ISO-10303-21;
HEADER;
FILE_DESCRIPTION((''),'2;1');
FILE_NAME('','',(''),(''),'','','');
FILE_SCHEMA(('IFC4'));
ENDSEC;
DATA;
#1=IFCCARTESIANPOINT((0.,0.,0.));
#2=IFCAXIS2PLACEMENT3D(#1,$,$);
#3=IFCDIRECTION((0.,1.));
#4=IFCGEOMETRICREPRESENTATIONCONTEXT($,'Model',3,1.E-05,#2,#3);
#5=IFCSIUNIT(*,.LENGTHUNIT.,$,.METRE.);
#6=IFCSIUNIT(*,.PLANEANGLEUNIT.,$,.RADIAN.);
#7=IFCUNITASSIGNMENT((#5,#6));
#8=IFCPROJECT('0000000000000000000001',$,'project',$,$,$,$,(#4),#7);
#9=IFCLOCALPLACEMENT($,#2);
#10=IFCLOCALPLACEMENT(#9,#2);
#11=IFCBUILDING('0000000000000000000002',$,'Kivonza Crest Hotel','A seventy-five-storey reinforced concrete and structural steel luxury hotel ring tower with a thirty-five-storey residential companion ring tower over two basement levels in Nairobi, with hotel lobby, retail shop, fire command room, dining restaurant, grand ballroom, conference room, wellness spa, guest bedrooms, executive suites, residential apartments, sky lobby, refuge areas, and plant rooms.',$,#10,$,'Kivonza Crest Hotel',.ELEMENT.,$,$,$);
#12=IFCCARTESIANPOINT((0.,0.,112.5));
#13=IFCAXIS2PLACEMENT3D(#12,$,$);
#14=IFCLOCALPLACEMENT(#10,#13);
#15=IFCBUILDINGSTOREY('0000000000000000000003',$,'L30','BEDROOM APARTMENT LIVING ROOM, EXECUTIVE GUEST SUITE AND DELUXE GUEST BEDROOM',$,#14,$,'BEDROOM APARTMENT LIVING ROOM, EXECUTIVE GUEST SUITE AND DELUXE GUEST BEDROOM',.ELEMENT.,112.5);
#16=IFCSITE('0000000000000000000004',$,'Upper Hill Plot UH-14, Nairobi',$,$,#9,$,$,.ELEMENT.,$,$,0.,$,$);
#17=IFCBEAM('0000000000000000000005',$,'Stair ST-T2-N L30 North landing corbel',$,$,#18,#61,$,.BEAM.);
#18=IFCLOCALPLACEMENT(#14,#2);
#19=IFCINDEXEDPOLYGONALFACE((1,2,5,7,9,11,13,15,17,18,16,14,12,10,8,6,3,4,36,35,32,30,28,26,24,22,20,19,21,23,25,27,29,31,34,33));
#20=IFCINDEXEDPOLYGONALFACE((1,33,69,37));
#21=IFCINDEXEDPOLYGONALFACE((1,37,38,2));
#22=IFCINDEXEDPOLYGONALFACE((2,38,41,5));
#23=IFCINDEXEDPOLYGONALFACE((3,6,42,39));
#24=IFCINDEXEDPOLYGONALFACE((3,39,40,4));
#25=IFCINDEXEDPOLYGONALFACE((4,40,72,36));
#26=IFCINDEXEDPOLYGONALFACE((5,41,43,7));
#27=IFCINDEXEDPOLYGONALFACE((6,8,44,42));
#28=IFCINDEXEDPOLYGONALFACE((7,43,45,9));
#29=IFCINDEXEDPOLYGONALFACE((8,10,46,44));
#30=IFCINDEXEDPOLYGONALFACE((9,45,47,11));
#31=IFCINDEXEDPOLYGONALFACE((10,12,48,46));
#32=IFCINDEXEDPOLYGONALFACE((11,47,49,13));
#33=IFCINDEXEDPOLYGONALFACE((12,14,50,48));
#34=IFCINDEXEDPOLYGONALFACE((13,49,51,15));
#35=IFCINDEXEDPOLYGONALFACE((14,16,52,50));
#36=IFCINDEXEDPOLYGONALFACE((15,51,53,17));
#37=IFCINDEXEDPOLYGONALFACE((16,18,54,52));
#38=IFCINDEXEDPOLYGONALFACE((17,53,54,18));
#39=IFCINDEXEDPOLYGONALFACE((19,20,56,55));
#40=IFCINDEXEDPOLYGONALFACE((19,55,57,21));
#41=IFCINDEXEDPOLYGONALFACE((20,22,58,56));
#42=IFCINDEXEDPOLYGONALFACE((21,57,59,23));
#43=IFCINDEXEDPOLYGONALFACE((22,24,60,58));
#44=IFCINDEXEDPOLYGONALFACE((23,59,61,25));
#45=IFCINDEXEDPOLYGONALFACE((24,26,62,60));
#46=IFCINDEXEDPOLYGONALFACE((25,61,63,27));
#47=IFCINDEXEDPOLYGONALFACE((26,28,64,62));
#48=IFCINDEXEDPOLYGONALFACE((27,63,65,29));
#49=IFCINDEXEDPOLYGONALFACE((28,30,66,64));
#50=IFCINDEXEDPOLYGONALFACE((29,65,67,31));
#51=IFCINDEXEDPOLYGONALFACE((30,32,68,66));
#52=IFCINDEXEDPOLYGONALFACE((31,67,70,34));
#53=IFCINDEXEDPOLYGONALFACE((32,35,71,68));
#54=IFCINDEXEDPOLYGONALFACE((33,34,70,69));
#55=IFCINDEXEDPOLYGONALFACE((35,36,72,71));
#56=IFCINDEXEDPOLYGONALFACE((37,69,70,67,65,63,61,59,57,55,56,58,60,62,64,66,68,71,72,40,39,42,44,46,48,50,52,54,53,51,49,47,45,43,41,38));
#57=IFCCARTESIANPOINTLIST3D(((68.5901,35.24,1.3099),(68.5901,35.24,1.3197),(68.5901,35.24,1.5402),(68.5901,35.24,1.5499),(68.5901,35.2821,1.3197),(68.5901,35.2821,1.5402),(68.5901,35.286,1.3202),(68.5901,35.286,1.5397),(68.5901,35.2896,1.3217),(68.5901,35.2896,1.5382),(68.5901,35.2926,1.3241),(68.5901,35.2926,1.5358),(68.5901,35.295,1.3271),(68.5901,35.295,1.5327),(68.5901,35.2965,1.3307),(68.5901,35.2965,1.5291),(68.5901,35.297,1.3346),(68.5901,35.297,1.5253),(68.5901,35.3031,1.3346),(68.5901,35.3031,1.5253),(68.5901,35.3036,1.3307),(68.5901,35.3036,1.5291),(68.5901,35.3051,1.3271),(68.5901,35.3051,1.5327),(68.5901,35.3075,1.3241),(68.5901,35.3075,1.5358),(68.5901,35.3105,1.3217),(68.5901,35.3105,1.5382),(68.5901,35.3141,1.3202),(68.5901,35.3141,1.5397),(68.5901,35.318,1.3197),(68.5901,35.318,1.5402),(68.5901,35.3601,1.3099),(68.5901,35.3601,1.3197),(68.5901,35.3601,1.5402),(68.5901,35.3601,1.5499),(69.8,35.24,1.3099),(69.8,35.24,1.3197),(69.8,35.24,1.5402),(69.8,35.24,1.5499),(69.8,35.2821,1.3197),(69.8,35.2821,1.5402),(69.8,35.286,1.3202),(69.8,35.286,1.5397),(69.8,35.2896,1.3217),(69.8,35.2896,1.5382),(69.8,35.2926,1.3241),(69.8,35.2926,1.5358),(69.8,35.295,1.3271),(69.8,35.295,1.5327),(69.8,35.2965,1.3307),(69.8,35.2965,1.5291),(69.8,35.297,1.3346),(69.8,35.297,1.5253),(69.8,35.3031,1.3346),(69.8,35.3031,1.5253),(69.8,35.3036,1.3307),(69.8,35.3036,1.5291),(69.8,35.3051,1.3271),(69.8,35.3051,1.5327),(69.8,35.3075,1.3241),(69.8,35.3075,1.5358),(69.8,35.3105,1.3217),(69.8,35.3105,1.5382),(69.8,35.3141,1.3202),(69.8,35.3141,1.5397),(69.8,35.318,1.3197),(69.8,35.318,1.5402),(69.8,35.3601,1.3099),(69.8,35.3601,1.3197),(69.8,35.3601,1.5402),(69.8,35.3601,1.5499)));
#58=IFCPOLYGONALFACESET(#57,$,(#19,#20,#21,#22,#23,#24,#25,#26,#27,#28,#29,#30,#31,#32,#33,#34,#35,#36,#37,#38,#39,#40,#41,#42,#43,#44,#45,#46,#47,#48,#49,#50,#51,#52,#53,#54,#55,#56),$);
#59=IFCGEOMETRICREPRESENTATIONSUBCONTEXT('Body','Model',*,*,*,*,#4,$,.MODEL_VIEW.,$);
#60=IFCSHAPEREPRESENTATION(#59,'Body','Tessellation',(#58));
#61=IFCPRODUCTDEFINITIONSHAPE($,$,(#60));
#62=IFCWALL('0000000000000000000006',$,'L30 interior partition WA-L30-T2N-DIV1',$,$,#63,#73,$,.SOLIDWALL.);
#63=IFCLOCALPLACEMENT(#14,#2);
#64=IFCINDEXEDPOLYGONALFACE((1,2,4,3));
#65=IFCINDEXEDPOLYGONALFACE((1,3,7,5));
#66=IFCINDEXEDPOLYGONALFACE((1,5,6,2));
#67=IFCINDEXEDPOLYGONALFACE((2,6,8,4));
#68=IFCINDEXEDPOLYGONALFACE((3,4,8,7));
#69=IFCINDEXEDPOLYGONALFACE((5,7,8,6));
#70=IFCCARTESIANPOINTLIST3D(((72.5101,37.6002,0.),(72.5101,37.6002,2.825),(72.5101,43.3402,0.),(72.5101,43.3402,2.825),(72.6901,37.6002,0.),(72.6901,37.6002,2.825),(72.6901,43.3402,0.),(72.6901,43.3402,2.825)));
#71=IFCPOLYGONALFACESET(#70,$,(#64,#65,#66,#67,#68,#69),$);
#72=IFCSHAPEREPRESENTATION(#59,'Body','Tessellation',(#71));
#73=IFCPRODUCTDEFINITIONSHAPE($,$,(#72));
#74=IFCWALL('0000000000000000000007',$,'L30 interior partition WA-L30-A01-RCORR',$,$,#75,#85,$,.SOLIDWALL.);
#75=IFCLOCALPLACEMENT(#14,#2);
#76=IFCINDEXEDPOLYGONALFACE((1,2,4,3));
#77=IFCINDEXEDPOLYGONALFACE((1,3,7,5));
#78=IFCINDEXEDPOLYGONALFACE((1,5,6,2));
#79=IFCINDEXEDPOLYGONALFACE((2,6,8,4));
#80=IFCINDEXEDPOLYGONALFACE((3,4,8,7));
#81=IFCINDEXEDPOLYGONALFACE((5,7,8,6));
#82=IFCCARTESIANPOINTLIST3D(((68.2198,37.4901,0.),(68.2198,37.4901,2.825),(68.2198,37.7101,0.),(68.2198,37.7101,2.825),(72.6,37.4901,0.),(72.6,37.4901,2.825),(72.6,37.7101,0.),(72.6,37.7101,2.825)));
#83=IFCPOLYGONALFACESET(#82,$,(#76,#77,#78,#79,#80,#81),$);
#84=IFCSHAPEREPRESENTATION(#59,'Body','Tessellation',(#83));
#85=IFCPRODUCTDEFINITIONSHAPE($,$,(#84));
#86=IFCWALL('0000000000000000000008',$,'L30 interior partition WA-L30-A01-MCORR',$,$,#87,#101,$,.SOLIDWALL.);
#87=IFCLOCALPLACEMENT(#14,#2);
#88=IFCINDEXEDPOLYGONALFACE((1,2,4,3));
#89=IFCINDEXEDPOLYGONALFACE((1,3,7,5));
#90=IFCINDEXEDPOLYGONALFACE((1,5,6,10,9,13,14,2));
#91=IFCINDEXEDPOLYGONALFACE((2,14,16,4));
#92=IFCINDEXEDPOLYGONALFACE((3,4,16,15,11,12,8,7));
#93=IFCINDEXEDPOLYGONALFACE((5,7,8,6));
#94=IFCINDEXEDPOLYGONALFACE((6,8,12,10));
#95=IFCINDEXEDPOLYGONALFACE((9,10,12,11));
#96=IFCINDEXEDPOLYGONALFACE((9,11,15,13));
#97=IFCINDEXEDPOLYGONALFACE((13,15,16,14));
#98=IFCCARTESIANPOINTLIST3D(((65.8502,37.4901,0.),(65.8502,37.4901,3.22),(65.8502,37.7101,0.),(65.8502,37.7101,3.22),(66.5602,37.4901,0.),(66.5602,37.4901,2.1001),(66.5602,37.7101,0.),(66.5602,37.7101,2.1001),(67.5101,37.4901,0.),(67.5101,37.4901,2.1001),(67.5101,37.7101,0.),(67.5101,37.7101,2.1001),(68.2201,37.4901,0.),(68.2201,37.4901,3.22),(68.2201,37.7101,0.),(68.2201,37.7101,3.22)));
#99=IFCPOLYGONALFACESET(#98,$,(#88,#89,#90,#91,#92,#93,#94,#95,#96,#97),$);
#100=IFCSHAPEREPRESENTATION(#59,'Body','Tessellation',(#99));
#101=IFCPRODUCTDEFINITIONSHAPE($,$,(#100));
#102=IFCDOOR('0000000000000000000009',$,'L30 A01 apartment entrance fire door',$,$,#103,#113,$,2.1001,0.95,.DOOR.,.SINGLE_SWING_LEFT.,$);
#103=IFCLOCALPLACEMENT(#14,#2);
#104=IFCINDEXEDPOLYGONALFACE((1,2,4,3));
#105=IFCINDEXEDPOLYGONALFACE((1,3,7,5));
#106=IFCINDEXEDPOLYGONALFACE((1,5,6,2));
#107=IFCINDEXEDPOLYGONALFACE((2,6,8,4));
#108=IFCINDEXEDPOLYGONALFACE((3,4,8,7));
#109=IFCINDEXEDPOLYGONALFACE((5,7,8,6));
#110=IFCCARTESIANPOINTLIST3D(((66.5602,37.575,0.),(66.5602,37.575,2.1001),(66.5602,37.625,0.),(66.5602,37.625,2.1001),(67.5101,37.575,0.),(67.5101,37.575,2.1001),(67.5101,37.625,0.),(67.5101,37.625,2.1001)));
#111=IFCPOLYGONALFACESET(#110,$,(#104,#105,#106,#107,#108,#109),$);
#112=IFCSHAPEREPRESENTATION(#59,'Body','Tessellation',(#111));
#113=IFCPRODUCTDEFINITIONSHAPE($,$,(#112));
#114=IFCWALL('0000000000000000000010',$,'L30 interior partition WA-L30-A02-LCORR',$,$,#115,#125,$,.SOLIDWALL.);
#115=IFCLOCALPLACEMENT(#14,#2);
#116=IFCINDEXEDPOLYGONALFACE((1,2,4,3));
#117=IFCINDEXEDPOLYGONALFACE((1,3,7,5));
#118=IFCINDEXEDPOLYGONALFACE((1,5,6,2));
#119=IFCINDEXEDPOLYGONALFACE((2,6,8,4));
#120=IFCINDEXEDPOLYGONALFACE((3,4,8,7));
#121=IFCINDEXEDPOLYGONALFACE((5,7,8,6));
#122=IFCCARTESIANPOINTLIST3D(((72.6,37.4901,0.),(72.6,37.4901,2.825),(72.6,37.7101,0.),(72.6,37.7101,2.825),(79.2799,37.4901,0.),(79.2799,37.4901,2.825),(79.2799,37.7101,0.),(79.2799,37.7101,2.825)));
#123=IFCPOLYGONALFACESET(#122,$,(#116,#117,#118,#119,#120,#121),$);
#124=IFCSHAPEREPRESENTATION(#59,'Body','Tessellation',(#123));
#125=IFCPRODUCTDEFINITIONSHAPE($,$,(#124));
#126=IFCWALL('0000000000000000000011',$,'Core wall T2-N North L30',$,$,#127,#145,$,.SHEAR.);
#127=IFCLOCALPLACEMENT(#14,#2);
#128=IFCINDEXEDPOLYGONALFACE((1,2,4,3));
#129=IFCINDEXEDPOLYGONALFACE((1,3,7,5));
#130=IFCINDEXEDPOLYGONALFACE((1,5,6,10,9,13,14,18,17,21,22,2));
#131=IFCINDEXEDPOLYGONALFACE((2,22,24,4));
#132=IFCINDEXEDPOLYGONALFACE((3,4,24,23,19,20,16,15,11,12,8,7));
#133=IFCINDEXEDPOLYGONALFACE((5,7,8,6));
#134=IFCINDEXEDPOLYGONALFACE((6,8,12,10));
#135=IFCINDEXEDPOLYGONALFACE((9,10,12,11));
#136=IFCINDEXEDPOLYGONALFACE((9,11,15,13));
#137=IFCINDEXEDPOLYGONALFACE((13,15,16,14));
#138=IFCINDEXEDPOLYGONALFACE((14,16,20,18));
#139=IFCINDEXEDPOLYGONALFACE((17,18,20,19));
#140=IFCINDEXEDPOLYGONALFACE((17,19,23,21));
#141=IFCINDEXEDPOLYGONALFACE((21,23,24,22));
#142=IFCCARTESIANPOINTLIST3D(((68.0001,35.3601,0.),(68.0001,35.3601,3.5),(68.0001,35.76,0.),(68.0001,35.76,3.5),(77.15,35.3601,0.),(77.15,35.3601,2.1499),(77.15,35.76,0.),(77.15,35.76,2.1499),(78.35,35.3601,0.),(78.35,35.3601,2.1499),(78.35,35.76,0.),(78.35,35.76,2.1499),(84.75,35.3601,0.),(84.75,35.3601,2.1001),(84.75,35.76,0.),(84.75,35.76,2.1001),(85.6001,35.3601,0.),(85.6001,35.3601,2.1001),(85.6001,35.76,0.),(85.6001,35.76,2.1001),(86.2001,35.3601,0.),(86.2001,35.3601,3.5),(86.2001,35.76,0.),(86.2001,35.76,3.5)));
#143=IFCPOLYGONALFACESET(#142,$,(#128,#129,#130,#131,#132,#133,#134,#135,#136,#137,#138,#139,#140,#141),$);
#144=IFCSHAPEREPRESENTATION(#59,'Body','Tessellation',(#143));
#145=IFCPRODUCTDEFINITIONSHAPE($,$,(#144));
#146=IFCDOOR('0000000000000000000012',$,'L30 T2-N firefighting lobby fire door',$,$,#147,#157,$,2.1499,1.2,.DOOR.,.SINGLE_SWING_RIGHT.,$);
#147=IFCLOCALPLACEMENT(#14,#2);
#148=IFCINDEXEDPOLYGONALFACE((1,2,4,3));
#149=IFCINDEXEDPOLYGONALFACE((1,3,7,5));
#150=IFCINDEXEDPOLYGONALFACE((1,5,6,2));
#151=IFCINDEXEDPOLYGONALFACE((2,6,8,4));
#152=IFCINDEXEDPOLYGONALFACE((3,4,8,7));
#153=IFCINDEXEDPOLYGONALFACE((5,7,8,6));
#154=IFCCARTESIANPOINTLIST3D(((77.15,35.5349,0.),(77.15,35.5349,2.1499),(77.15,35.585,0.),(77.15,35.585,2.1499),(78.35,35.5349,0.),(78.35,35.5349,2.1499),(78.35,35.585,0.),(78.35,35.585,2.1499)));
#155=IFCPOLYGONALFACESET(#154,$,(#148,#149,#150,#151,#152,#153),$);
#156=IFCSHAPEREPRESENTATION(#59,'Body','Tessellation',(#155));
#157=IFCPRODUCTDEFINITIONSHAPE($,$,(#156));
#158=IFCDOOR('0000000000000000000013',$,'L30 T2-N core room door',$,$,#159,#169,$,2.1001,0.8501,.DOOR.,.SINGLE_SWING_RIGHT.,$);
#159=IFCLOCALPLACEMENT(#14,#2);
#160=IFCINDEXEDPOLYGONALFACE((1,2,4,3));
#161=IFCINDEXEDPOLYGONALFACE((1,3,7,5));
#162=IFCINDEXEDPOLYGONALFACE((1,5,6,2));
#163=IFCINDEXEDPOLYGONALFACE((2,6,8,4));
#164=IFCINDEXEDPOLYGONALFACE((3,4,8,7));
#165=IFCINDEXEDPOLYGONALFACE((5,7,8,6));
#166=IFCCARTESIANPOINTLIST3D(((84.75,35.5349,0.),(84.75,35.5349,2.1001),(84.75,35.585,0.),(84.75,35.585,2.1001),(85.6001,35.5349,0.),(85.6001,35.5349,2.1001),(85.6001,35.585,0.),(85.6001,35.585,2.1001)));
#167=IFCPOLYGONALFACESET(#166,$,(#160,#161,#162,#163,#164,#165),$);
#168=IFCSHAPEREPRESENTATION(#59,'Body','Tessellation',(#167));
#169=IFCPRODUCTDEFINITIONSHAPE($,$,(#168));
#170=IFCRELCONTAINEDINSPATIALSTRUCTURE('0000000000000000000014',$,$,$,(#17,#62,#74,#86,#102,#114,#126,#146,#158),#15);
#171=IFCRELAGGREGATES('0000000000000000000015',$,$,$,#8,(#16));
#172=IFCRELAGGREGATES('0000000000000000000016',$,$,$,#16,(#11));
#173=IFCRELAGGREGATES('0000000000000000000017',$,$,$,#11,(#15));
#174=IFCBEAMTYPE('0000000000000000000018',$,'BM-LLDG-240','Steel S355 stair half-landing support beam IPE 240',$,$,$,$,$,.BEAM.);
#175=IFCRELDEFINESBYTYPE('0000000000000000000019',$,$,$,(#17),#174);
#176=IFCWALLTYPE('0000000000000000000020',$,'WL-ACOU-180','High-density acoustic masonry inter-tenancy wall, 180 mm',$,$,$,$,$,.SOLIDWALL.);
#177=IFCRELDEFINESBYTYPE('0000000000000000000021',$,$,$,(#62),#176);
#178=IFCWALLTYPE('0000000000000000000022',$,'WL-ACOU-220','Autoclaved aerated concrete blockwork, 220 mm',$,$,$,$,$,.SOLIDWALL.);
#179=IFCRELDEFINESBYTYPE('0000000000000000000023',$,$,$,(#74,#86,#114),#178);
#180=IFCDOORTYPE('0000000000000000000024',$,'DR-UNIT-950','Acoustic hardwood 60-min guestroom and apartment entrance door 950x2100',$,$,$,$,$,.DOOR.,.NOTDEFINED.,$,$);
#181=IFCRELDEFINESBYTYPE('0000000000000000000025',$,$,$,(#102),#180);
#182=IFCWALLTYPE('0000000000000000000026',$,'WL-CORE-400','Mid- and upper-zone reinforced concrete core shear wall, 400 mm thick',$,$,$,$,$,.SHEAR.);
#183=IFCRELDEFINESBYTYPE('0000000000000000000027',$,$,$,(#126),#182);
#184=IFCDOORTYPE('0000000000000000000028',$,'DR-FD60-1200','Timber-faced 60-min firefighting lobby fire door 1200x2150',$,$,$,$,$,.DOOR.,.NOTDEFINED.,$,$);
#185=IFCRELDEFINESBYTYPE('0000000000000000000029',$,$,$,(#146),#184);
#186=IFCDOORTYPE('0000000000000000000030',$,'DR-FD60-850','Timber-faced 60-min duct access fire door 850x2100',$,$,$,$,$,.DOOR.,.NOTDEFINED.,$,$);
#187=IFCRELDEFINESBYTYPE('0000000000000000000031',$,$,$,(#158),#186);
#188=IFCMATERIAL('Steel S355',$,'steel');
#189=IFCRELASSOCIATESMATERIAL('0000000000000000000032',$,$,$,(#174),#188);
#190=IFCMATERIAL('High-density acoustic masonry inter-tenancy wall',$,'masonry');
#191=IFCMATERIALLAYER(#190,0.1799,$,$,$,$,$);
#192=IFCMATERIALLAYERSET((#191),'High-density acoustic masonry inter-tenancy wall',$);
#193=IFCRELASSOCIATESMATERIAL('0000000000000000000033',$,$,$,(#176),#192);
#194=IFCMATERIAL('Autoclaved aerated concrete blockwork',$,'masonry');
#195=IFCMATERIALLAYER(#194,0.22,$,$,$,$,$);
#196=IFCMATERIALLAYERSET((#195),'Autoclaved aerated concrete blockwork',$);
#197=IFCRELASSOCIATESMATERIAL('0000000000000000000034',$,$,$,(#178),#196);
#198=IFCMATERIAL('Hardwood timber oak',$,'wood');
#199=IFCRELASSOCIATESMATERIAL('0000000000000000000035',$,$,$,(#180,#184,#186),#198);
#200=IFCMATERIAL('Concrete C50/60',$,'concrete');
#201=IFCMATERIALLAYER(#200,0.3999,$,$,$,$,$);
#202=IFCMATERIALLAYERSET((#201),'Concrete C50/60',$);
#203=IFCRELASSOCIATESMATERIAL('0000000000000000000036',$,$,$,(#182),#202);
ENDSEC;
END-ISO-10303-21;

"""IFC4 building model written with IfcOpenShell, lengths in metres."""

from ifc_helpers import new_model, si_unit, direction, frame, frame_2d, origin, origin_2d, place, context, subcontext, project, spatial, rectangle, i_section, extrude, material, layer, layer_set, material_profile, profile_set, type_object, element, fill, save


model = new_model("IFC4")

# Units and contexts
model_context = context("Model", 3, precision=1e-05, world=origin(), true_north=direction((0.0, 1.0)))
body_context = subcontext(model_context, "Body", "Model", "MODEL_VIEW")
ifc_project = project(units=[si_unit("LENGTHUNIT", "METRE"), si_unit("PLANEANGLEUNIT", "RADIAN")], contexts=[model_context])

# Site, building, storey
site_placement = place(None, origin())
site = spatial("IfcSite", under=ifc_project, at=site_placement, Name="Upper Hill Plot UH-14, Nairobi", CompositionType="ELEMENT", RefElevation=0.0)
building_placement = place(site_placement, origin())
building = spatial("IfcBuilding", under=site, at=building_placement, Name="Kivonza Crest Hotel", Description="A seventy-five-storey reinforced concrete and structural steel luxury hotel ring tower with a thirty-five-storey residential companion ring tower over two basement levels in Nairobi, with hotel lobby, retail shop, fire command room, dining restaurant, grand ballroom, conference room, wellness spa, guest bedrooms, executive suites, residential apartments, sky lobby, refuge areas, and plant rooms.", LongName="Kivonza Crest Hotel", CompositionType="ELEMENT")
storey_placement = place(building_placement, frame((0.0, 0.0, 112.5)))
storey = spatial("IfcBuildingStorey", under=building, at=storey_placement, Name="L30", Description="BEDROOM APARTMENT LIVING ROOM, EXECUTIVE GUEST SUITE AND DELUXE GUEST BEDROOM", LongName="BEDROOM APARTMENT LIVING ROOM, EXECUTIVE GUEST SUITE AND DELUXE GUEST BEDROOM", CompositionType="ELEMENT", Elevation=112.5)

# Shared definitions
ifc_material_1 = material(Name="Concrete C50/60", Category="concrete")

# Beam
ifc_material_2 = material(Name="Steel S355", Category="steel")
ifc_material_profile_1 = material_profile(ifc_material_2, i_section(OverallWidth=0.1201, OverallDepth=0.24, WebThickness=0.0061, FlangeThickness=0.0098, FilletRadius=0.0149, at=origin_2d()), Name="IPE 240")
ifc_profile_set_1 = profile_set([ifc_material_profile_1], Name="Steel S355")
beam_type_1 = type_object("IfcBeamType", Name="BM-LLDG-240", Description="Steel S355 stair half-landing support beam IPE 240", PredefinedType="BEAM", material=ifc_profile_set_1)
beam_1_placement = place(storey_placement, frame((68.5901, 35.3, 1.4299), z_axis=(1.0, 0.0, 0.0), x_axis=(0.0, 1.0, 0.0)))
element("IfcBeam", 1, at=beam_1_placement, inside=storey, type_object=beam_type_1, Name="Stair ST-T2-N L30 North landing corbel", PredefinedType="BEAM", context=body_context, shape_type="SweptSolid", body=[
    extrude(i_section(OverallWidth=0.1201, OverallDepth=0.24, WebThickness=0.0061, FlangeThickness=0.0098, FilletRadius=0.0149, at=origin_2d()), origin(), (0.0, 0.0, 1.0), 1.21),
])

# Walls
ifc_material_3 = material(Name="High-density acoustic masonry inter-tenancy wall", Category="masonry")
ifc_layer_1 = layer(ifc_material_3, 0.1799)
ifc_layer_set_1 = layer_set([ifc_layer_1], Name="High-density acoustic masonry inter-tenancy wall")
wall_type_1 = type_object("IfcWallType", Name="WL-ACOU-180", Description="High-density acoustic masonry inter-tenancy wall, 180 mm", PredefinedType="SOLIDWALL", material=ifc_layer_set_1)
wall_1_placement = place(storey_placement, frame((72.6001, 37.6001, 0.0), z_axis=(0.0, 0.0, 1.0), x_axis=(0.0, 1.0, 0.0)))
element("IfcWall", 2, at=wall_1_placement, inside=storey, type_object=wall_type_1, Name="L30 interior partition WA-L30-T2N-DIV1", PredefinedType="SOLIDWALL", context=body_context, shape_type="SweptSolid", body=[
    extrude(rectangle(XDim=5.74, YDim=0.1799, at=frame_2d((2.8701, 0.0))), origin(), (0.0, 0.0, 1.0), 2.825),
])
ifc_material_4 = material(Name="Autoclaved aerated concrete blockwork", Category="masonry")
ifc_layer_2 = layer(ifc_material_4, 0.22)
ifc_layer_set_2 = layer_set([ifc_layer_2], Name="Autoclaved aerated concrete blockwork")
wall_type_2 = type_object("IfcWallType", Name="WL-ACOU-220", Description="Autoclaved aerated concrete blockwork, 220 mm", PredefinedType="SOLIDWALL", material=ifc_layer_set_2)
wall_2_placement = place(storey_placement, frame((68.22, 37.6001, 0.0), z_axis=(0.0, 0.0, 1.0), x_axis=(1.0, 0.0, 0.0)))
element("IfcWall", 3, at=wall_2_placement, inside=storey, type_object=wall_type_2, Name="L30 interior partition WA-L30-A01-RCORR", PredefinedType="SOLIDWALL", context=body_context, shape_type="SweptSolid", body=[
    extrude(rectangle(XDim=4.3801, YDim=0.22, at=frame_2d((2.1899, 0.0))), origin(), (0.0, 0.0, 1.0), 2.825),
])

# Wall, opening, door
wall_3_placement = place(storey_placement, frame((65.8501, 37.6001, 0.0), z_axis=(0.0, 0.0, 1.0), x_axis=(1.0, 0.0, 0.0)))
wall_3 = element("IfcWall", 4, at=wall_3_placement, inside=storey, type_object=wall_type_2, Name="L30 interior partition WA-L30-A01-MCORR", PredefinedType="SOLIDWALL", context=body_context, shape_type="SweptSolid", body=[
    extrude(rectangle(XDim=2.3699, YDim=0.22, at=frame_2d((1.1851, 0.0))), origin(), (0.0, 0.0, 1.0), 3.22),
])
opening_1_placement = place(wall_3_placement, frame((0.71, 0.0, 0.0)))
opening_1 = element("IfcOpeningElement", 5, at=opening_1_placement, cuts=wall_3, PredefinedType="OPENING", context=body_context, shape_type="SweptSolid", body=[
    extrude(rectangle(XDim=0.95, YDim=2.1001, at=frame_2d((0.4751, 1.05))), frame((0.0, 0.1201, 0.0), z_axis=(0.0, -1.0, 0.0), x_axis=(1.0, 0.0, 0.0)), (0.0, 0.0, 1.0), 0.24),
])
ifc_material_5 = material(Name="Hardwood timber oak", Category="wood")
door_type_1 = type_object("IfcDoorType", Name="DR-UNIT-950", Description="Acoustic hardwood 60-min guestroom and apartment entrance door 950x2100", OperationType="NOTDEFINED", PredefinedType="DOOR", material=ifc_material_5)
door_1_placement = place(opening_1_placement, origin())
door_1 = element("IfcDoor", 6, at=door_1_placement, inside=storey, type_object=door_type_1, Name="L30 A01 apartment entrance fire door", OperationType="SINGLE_SWING_LEFT", OverallHeight=2.1001, OverallWidth=0.95, PredefinedType="DOOR", context=body_context, shape_type="SweptSolid", body=[
    extrude(rectangle(XDim=0.95, YDim=2.1001, at=frame_2d((0.4751, 1.05))), frame((0.0, 0.0249, 0.0), z_axis=(0.0, -1.0, 0.0), x_axis=(1.0, 0.0, 0.0)), (0.0, 0.0, 1.0), 0.05),
])
fill(opening_1, door_1)

# Wall
wall_4_placement = place(storey_placement, frame((72.6001, 37.6001, 0.0), z_axis=(0.0, 0.0, 1.0), x_axis=(1.0, 0.0, 0.0)))
element("IfcWall", 7, at=wall_4_placement, inside=storey, type_object=wall_type_2, Name="L30 interior partition WA-L30-A02-LCORR", PredefinedType="SOLIDWALL", context=body_context, shape_type="SweptSolid", body=[
    extrude(rectangle(XDim=6.6799, YDim=0.22, at=frame_2d((3.3398, 0.0))), origin(), (0.0, 0.0, 1.0), 2.825),
])

# Wall, openings, doors
ifc_layer_3 = layer(ifc_material_1, 0.3999)
ifc_layer_set_3 = layer_set([ifc_layer_3], Name="Concrete C50/60")
wall_type_3 = type_object("IfcWallType", Name="WL-CORE-400", Description="Mid- and upper-zone reinforced concrete core shear wall, 400 mm thick", PredefinedType="SHEAR", material=ifc_layer_set_3)
wall_5_placement = place(storey_placement, frame((68.0, 35.5601, 0.0), z_axis=(0.0, 0.0, 1.0), x_axis=(1.0, 0.0, 0.0)))
wall_5 = element("IfcWall", 8, at=wall_5_placement, inside=storey, type_object=wall_type_3, Name="Core wall T2-N North L30", PredefinedType="SHEAR", context=body_context, shape_type="SweptSolid", body=[
    extrude(rectangle(XDim=18.2, YDim=0.3999, at=frame_2d((9.1001, 0.0))), origin(), (0.0, 0.0, 1.0), 3.5),
])
opening_2_placement = place(wall_5_placement, frame((9.1499, 0.0, 0.0)))
opening_2 = element("IfcOpeningElement", 9, at=opening_2_placement, cuts=wall_5, PredefinedType="OPENING", context=body_context, shape_type="SweptSolid", body=[
    extrude(rectangle(XDim=1.2, YDim=2.1499, at=frame_2d((0.6001, 1.075))), frame((0.0, 0.21, 0.0), z_axis=(0.0, -1.0, 0.0), x_axis=(1.0, 0.0, 0.0)), (0.0, 0.0, 1.0), 0.4199),
])
opening_3_placement = place(wall_5_placement, frame((16.75, 0.0, 0.0)))
opening_3 = element("IfcOpeningElement", 10, at=opening_3_placement, cuts=wall_5, PredefinedType="OPENING", context=body_context, shape_type="SweptSolid", body=[
    extrude(rectangle(XDim=0.8501, YDim=2.1001, at=frame_2d((0.425, 1.05))), frame((0.0, 0.21, 0.0), z_axis=(0.0, -1.0, 0.0), x_axis=(1.0, 0.0, 0.0)), (0.0, 0.0, 1.0), 0.4199),
])
door_type_2 = type_object("IfcDoorType", Name="DR-FD60-1200", Description="Timber-faced 60-min firefighting lobby fire door 1200x2150", OperationType="NOTDEFINED", PredefinedType="DOOR", material=ifc_material_5)
door_2_placement = place(opening_2_placement, origin())
door_2 = element("IfcDoor", 11, at=door_2_placement, inside=storey, type_object=door_type_2, Name="L30 T2-N firefighting lobby fire door", OperationType="SINGLE_SWING_RIGHT", OverallHeight=2.1499, OverallWidth=1.2, PredefinedType="DOOR", context=body_context, shape_type="SweptSolid", body=[
    extrude(rectangle(XDim=1.2, YDim=2.1499, at=frame_2d((0.6001, 1.075))), frame((0.0, 0.0249, 0.0), z_axis=(0.0, -1.0, 0.0), x_axis=(1.0, 0.0, 0.0)), (0.0, 0.0, 1.0), 0.05),
])
fill(opening_2, door_2)
door_type_3 = type_object("IfcDoorType", Name="DR-FD60-850", Description="Timber-faced 60-min duct access fire door 850x2100", OperationType="NOTDEFINED", PredefinedType="DOOR", material=ifc_material_5)
door_3_placement = place(opening_3_placement, origin())
door_3 = element("IfcDoor", 12, at=door_3_placement, inside=storey, type_object=door_type_3, Name="L30 T2-N core room door", OperationType="SINGLE_SWING_RIGHT", OverallHeight=2.1001, OverallWidth=0.8501, PredefinedType="DOOR", context=body_context, shape_type="SweptSolid", body=[
    extrude(rectangle(XDim=0.8501, YDim=2.1001, at=frame_2d((0.425, 1.05))), frame((0.0, 0.0249, 0.0), z_axis=(0.0, -1.0, 0.0), x_axis=(1.0, 0.0, 0.0)), (0.0, 0.0, 1.0), 0.05),
])
fill(opening_3, door_3)

save(model, "model.ifc")
